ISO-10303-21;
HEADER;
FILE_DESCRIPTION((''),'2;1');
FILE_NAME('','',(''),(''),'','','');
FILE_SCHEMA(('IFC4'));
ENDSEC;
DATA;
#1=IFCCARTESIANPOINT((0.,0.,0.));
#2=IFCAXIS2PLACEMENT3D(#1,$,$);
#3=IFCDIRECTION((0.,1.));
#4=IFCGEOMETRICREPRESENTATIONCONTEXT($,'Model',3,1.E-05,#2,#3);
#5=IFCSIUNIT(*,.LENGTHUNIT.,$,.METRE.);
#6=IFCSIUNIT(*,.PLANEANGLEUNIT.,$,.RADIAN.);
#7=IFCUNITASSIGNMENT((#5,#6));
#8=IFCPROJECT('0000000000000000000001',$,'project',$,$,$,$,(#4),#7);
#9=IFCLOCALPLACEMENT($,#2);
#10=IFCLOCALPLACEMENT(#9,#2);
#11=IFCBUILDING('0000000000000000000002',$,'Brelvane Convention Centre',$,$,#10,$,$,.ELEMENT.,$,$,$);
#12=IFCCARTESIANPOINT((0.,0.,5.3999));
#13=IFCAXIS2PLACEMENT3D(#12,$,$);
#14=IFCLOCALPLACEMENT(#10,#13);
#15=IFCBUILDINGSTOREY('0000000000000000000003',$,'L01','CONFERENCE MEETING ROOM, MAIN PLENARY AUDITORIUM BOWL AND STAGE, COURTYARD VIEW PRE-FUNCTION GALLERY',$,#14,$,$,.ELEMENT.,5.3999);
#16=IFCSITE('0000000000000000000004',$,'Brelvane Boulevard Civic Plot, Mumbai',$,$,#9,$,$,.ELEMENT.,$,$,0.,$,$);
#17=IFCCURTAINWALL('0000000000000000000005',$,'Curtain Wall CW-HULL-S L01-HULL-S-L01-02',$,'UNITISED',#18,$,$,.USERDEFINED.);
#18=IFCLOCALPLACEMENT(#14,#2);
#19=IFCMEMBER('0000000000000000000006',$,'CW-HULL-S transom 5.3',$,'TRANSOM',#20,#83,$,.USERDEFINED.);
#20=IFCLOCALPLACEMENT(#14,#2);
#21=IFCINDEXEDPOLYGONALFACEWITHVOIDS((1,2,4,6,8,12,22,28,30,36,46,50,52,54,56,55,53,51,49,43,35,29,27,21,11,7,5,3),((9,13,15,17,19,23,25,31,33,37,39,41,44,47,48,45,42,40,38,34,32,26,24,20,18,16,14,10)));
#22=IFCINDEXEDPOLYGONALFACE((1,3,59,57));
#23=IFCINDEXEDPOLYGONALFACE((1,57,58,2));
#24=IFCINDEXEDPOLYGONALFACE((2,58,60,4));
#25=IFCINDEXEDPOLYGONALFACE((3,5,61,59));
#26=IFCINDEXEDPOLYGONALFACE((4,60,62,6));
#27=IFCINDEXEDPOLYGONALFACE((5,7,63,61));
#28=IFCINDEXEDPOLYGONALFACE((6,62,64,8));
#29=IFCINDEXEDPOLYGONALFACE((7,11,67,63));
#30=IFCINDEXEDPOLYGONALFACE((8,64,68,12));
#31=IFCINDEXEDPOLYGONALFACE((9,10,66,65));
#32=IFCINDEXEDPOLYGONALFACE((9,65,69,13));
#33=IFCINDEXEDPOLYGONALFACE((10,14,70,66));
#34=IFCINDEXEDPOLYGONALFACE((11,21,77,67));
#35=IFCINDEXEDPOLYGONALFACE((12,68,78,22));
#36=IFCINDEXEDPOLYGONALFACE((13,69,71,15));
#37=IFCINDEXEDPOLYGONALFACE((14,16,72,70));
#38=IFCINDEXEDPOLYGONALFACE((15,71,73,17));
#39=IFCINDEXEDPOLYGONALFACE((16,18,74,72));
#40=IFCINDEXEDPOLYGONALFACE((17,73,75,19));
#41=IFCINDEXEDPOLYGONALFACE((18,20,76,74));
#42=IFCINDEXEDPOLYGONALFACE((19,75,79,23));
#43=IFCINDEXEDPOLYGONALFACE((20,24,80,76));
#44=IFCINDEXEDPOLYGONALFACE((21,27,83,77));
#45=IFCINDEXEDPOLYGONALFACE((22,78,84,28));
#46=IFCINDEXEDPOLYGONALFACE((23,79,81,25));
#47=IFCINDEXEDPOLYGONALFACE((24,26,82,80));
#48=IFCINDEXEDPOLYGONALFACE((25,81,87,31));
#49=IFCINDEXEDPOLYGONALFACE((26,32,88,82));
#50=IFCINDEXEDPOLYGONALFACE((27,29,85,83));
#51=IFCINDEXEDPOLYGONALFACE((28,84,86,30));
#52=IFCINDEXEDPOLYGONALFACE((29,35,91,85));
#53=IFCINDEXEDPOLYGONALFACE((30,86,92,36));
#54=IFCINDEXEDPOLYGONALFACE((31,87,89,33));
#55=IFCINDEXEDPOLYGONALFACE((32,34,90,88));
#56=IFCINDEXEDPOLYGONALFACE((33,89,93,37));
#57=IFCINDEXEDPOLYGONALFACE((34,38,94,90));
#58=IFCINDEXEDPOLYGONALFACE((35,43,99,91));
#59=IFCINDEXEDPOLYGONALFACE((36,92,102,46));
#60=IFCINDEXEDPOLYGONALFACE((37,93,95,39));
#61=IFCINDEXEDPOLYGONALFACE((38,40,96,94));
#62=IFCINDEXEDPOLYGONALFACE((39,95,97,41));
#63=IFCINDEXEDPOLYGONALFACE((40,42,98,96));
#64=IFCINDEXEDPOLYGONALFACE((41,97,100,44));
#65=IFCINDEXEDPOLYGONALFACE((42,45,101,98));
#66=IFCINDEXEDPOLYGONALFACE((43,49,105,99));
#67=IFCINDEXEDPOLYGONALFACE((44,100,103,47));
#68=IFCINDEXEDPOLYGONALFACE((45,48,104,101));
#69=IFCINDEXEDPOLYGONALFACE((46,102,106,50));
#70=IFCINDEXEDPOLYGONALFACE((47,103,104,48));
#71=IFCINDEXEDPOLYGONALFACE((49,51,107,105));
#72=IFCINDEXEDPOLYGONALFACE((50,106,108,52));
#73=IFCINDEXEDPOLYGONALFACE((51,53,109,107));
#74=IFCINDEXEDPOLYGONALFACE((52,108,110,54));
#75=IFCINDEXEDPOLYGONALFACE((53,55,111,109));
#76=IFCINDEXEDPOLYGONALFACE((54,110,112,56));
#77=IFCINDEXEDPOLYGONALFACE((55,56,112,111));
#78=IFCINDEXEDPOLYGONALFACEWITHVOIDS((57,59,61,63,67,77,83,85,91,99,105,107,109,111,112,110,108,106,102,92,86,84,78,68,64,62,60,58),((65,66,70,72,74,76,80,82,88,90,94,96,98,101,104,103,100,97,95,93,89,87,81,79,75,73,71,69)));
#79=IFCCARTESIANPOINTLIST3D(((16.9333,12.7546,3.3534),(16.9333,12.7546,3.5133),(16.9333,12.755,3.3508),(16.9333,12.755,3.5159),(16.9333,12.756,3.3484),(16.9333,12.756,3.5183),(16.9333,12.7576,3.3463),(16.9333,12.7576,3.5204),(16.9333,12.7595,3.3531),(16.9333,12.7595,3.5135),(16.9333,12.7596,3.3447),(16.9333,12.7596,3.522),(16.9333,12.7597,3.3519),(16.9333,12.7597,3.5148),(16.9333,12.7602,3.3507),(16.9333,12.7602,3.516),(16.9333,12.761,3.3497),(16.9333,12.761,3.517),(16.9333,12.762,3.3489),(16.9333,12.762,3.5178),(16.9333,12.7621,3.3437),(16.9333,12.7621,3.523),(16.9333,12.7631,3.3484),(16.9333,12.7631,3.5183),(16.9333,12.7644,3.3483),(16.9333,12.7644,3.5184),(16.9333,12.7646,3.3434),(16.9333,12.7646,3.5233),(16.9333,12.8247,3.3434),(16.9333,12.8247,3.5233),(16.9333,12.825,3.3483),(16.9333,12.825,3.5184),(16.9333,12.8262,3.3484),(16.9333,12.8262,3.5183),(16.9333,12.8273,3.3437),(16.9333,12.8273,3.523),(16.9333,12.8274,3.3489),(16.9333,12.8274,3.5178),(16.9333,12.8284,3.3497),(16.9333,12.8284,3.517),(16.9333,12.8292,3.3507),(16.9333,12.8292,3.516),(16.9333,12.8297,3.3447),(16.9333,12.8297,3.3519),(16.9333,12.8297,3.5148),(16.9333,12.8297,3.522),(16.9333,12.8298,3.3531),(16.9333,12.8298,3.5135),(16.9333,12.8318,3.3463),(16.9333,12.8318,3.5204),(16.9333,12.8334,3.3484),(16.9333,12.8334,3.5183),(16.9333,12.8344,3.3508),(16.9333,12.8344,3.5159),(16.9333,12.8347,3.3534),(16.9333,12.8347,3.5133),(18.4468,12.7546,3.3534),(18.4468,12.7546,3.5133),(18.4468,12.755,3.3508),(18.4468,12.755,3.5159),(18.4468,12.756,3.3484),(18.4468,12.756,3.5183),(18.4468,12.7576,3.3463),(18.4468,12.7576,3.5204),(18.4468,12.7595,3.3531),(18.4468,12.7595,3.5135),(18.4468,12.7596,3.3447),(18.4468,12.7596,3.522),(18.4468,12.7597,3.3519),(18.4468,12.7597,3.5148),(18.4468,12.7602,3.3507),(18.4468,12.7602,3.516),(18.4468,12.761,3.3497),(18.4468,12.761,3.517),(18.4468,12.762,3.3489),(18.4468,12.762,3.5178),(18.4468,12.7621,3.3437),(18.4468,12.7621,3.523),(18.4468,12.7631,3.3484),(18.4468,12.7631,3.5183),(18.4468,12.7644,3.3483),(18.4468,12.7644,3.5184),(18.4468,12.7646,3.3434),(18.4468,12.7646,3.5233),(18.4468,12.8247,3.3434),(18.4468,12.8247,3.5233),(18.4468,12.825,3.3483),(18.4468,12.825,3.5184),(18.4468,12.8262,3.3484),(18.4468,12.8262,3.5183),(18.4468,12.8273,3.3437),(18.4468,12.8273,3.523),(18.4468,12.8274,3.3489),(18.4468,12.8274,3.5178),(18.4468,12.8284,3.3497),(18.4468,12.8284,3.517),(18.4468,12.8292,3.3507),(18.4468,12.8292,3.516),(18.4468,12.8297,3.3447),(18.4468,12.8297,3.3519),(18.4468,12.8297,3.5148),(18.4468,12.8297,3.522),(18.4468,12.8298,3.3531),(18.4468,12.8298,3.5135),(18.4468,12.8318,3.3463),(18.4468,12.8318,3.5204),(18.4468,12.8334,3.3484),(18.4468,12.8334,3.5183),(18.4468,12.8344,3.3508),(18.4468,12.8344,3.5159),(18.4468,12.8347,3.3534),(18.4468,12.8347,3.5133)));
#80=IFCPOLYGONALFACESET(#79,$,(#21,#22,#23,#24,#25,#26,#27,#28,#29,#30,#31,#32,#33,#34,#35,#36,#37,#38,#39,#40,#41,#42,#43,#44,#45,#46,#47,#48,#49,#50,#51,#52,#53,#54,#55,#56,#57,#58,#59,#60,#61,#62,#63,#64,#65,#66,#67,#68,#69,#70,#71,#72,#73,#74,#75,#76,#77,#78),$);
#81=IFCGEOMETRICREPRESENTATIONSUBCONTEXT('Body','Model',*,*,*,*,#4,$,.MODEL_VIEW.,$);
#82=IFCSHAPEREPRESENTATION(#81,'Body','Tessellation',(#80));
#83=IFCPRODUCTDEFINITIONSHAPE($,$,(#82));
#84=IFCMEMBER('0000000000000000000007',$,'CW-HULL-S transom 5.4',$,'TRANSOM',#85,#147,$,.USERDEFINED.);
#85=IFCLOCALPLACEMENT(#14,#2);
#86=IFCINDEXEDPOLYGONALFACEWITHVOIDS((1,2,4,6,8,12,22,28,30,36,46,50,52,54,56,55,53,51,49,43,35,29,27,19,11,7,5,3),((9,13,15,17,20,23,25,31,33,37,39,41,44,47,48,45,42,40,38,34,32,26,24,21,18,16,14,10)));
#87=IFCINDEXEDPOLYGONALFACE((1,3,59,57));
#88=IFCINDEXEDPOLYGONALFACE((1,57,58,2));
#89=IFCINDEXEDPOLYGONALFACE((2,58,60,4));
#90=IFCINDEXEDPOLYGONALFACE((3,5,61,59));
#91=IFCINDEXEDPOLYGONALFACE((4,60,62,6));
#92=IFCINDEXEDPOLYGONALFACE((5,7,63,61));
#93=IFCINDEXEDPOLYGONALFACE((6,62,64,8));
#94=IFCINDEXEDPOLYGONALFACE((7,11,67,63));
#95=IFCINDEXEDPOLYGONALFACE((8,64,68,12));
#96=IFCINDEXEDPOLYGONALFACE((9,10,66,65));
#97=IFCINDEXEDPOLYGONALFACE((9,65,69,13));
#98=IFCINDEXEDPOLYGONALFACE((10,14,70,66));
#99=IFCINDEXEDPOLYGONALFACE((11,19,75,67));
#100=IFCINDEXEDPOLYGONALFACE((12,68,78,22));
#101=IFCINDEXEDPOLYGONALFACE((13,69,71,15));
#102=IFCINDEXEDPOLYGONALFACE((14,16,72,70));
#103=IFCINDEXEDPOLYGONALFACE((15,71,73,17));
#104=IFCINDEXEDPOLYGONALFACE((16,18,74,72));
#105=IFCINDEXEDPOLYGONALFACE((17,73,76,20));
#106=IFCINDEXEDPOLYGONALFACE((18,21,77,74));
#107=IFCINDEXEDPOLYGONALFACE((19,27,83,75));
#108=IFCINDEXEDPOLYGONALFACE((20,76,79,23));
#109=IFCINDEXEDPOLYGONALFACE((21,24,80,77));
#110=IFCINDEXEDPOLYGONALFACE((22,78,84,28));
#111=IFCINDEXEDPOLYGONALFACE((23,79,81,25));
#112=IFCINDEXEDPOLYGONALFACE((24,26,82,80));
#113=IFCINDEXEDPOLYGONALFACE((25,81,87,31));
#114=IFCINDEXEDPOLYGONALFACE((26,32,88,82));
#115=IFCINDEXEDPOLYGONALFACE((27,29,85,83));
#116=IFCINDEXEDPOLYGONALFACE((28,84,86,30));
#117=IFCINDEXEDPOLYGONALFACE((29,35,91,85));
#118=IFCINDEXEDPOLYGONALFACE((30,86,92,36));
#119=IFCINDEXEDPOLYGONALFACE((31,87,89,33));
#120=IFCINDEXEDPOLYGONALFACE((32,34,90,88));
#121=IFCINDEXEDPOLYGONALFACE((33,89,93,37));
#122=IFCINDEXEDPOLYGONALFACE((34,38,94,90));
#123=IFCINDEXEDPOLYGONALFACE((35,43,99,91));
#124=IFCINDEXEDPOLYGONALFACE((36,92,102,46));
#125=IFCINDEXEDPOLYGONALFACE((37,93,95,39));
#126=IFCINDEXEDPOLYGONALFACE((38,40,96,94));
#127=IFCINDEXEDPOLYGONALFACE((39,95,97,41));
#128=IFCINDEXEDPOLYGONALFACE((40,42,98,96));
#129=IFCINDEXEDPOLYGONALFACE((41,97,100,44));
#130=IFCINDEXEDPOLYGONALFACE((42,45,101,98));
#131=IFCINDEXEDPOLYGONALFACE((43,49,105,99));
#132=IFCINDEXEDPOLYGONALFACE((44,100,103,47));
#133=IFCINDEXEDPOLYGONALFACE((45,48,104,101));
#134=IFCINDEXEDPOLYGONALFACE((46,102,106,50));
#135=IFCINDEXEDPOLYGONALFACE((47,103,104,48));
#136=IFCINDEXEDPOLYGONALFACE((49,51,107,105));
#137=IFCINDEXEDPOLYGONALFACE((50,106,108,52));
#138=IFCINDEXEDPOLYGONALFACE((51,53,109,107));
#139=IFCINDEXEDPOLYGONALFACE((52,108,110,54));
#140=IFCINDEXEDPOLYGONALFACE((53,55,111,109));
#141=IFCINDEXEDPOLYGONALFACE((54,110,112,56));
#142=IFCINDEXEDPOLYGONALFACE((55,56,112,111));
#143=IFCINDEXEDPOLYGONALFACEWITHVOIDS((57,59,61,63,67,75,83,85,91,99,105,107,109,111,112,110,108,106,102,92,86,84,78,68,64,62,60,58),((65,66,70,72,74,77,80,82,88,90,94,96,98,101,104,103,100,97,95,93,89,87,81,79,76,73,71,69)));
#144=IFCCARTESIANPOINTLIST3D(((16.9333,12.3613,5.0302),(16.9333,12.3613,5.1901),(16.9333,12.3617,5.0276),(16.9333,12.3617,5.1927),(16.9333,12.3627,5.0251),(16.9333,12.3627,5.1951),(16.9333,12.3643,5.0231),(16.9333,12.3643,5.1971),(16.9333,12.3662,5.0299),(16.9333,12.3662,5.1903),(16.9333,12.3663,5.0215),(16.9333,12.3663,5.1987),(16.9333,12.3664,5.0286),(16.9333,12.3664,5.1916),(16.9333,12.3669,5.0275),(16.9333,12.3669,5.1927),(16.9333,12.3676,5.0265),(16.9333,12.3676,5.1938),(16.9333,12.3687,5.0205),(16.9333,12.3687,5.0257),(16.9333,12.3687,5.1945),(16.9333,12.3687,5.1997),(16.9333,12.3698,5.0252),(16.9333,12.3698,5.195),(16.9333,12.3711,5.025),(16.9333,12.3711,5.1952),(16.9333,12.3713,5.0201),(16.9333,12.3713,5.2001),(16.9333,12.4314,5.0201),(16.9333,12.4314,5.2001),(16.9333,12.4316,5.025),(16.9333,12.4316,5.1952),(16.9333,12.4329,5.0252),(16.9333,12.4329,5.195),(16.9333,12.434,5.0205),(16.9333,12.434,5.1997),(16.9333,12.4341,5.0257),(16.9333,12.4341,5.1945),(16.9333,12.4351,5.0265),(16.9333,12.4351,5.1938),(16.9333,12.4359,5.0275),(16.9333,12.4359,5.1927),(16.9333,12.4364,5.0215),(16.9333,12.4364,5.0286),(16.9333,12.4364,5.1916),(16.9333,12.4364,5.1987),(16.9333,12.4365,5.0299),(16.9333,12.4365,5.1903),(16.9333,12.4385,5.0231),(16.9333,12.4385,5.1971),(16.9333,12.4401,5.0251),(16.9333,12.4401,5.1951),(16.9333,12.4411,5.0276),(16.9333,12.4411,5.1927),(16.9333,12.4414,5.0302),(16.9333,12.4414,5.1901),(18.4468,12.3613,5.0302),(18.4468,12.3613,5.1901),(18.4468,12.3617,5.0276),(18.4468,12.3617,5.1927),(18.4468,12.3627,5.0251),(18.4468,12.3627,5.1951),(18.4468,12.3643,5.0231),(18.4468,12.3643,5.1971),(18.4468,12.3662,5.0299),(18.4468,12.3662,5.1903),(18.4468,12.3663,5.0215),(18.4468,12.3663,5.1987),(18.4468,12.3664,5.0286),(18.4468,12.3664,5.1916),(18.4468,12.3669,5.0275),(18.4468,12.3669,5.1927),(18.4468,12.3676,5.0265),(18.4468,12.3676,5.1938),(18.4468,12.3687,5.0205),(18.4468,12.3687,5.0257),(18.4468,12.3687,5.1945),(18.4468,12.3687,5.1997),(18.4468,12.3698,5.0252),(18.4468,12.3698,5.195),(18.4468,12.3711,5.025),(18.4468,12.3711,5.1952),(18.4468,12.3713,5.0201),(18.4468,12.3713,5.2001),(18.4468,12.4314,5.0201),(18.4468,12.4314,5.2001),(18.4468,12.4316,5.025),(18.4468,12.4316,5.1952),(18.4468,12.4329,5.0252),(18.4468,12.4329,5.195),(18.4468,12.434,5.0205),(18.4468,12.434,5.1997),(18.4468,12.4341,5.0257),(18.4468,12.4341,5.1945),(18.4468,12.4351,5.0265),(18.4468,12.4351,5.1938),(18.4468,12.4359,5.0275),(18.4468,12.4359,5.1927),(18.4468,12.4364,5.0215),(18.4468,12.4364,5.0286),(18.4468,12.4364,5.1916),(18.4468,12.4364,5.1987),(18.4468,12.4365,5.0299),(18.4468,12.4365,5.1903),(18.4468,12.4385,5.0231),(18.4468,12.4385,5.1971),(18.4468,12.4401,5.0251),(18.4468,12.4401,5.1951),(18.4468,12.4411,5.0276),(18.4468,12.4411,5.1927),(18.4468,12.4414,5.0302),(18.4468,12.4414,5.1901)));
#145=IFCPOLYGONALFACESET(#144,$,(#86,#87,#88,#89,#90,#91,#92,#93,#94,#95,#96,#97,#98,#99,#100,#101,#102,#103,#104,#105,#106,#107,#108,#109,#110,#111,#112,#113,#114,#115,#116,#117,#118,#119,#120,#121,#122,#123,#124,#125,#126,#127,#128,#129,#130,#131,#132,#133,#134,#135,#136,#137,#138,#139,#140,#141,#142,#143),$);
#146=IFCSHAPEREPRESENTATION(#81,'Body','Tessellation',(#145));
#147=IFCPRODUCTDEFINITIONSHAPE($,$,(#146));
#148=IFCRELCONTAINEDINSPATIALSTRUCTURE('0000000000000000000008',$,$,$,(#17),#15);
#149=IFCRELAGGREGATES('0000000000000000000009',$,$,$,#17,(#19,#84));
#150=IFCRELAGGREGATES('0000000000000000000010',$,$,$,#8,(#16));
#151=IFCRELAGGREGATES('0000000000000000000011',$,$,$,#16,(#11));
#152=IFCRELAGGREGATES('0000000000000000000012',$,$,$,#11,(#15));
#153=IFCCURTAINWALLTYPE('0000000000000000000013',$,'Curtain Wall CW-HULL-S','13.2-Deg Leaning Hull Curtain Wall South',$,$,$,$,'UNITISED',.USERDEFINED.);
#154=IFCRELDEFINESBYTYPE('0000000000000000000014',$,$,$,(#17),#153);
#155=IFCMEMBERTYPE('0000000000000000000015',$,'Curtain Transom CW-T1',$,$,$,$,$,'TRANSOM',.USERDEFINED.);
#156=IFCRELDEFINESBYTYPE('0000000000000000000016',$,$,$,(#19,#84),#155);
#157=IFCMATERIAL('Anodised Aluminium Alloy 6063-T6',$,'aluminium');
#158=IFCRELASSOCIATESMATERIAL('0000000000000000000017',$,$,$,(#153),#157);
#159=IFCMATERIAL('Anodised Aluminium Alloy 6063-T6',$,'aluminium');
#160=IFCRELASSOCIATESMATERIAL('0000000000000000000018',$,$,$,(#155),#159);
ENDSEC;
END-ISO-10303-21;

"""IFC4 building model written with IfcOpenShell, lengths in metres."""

from ifc_helpers import new_model, si_unit, direction, frame, origin, origin_2d, place, context, subcontext, project, spatial, hollow_rectangle, extrude, material, material_profile, profile_set, type_object, element, aggregate, save


model = new_model("IFC4")

# Units and contexts
model_context = context("Model", 3, precision=1e-05, world=origin(), true_north=direction((0.0, 1.0)))
body_context = subcontext(model_context, "Body", "Model", "MODEL_VIEW")
ifc_project = project(units=[si_unit("LENGTHUNIT", "METRE"), si_unit("PLANEANGLEUNIT", "RADIAN")], contexts=[model_context])

# Site, building, storey
site_placement = place(None, origin())
site = spatial("IfcSite", under=ifc_project, at=site_placement, Name="Brelvane Boulevard Civic Plot, Mumbai", CompositionType="ELEMENT", RefElevation=0.0)
building_placement = place(site_placement, origin())
building = spatial("IfcBuilding", under=site, at=building_placement, Name="Brelvane Convention Centre", CompositionType="ELEMENT")
storey_placement = place(building_placement, frame((0.0, 0.0, 5.3999)))
storey = spatial("IfcBuildingStorey", under=building, at=storey_placement, Name="L01", Description="CONFERENCE MEETING ROOM, MAIN PLENARY AUDITORIUM BOWL AND STAGE, COURTYARD VIEW PRE-FUNCTION GALLERY", CompositionType="ELEMENT", Elevation=5.3999)

# Curtain wall, members
ifc_material_1 = material(Name="Anodised Aluminium Alloy 6063-T6", Category="aluminium")
curtain_wall_type = type_object("IfcCurtainWallType", Name="Curtain Wall CW-HULL-S", Description="13.2-Deg Leaning Hull Curtain Wall South", ElementType="UNITISED", PredefinedType="USERDEFINED", material=ifc_material_1)
curtain_wall_1_placement = place(storey_placement, origin())
curtain_wall_1 = element("IfcCurtainWall", 1, at=curtain_wall_1_placement, inside=storey, type_object=curtain_wall_type, Name="Curtain Wall CW-HULL-S L01-HULL-S-L01-02", ObjectType="UNITISED", PredefinedType="USERDEFINED")
ifc_material_2 = material(Name="Anodised Aluminium Alloy 6063-T6", Category="aluminium")
ifc_material_profile = material_profile(ifc_material_2, hollow_rectangle(XDim=0.0801, YDim=0.1799, WallThickness=0.0049, InnerFilletRadius=0.0049, OuterFilletRadius=0.01, at=origin_2d()), Name="ALU-T 180x80x5.0")
ifc_profile_set = profile_set([ifc_material_profile], Name="Anodised Aluminium Alloy 6063-T6")
member_type = type_object("IfcMemberType", Name="Curtain Transom CW-T1", ElementType="TRANSOM", PredefinedType="USERDEFINED", material=ifc_profile_set)
member_1_placement = place(storey_placement, frame((16.9333, 12.7947, 3.4333), z_axis=(1.0, 0.0, 0.0), x_axis=(0.0, 1.0, 0.0)))
member_1 = element("IfcMember", 2, at=member_1_placement, type_object=member_type, Name="CW-HULL-S transom 5.3", ObjectType="TRANSOM", PredefinedType="USERDEFINED", context=body_context, shape_type="SweptSolid", body=[
    extrude(hollow_rectangle(XDim=0.0801, YDim=0.1799, WallThickness=0.0049, InnerFilletRadius=0.0049, OuterFilletRadius=0.01, at=origin_2d()), origin(), (0.0, 0.0, 1.0), 1.5134),
])
member_2_placement = place(storey_placement, frame((16.9333, 12.4014, 5.1101), z_axis=(1.0, 0.0, 0.0), x_axis=(0.0, 1.0, 0.0)))
member_2 = element("IfcMember", 3, at=member_2_placement, type_object=member_type, Name="CW-HULL-S transom 5.4", ObjectType="TRANSOM", PredefinedType="USERDEFINED", context=body_context, shape_type="SweptSolid", body=[
    extrude(hollow_rectangle(XDim=0.0801, YDim=0.1799, WallThickness=0.0049, InnerFilletRadius=0.0049, OuterFilletRadius=0.01, at=origin_2d()), origin(), (0.0, 0.0, 1.0), 1.5134),
])

aggregate(curtain_wall_1, [member_1, member_2])

save(model, "model.ifc")
